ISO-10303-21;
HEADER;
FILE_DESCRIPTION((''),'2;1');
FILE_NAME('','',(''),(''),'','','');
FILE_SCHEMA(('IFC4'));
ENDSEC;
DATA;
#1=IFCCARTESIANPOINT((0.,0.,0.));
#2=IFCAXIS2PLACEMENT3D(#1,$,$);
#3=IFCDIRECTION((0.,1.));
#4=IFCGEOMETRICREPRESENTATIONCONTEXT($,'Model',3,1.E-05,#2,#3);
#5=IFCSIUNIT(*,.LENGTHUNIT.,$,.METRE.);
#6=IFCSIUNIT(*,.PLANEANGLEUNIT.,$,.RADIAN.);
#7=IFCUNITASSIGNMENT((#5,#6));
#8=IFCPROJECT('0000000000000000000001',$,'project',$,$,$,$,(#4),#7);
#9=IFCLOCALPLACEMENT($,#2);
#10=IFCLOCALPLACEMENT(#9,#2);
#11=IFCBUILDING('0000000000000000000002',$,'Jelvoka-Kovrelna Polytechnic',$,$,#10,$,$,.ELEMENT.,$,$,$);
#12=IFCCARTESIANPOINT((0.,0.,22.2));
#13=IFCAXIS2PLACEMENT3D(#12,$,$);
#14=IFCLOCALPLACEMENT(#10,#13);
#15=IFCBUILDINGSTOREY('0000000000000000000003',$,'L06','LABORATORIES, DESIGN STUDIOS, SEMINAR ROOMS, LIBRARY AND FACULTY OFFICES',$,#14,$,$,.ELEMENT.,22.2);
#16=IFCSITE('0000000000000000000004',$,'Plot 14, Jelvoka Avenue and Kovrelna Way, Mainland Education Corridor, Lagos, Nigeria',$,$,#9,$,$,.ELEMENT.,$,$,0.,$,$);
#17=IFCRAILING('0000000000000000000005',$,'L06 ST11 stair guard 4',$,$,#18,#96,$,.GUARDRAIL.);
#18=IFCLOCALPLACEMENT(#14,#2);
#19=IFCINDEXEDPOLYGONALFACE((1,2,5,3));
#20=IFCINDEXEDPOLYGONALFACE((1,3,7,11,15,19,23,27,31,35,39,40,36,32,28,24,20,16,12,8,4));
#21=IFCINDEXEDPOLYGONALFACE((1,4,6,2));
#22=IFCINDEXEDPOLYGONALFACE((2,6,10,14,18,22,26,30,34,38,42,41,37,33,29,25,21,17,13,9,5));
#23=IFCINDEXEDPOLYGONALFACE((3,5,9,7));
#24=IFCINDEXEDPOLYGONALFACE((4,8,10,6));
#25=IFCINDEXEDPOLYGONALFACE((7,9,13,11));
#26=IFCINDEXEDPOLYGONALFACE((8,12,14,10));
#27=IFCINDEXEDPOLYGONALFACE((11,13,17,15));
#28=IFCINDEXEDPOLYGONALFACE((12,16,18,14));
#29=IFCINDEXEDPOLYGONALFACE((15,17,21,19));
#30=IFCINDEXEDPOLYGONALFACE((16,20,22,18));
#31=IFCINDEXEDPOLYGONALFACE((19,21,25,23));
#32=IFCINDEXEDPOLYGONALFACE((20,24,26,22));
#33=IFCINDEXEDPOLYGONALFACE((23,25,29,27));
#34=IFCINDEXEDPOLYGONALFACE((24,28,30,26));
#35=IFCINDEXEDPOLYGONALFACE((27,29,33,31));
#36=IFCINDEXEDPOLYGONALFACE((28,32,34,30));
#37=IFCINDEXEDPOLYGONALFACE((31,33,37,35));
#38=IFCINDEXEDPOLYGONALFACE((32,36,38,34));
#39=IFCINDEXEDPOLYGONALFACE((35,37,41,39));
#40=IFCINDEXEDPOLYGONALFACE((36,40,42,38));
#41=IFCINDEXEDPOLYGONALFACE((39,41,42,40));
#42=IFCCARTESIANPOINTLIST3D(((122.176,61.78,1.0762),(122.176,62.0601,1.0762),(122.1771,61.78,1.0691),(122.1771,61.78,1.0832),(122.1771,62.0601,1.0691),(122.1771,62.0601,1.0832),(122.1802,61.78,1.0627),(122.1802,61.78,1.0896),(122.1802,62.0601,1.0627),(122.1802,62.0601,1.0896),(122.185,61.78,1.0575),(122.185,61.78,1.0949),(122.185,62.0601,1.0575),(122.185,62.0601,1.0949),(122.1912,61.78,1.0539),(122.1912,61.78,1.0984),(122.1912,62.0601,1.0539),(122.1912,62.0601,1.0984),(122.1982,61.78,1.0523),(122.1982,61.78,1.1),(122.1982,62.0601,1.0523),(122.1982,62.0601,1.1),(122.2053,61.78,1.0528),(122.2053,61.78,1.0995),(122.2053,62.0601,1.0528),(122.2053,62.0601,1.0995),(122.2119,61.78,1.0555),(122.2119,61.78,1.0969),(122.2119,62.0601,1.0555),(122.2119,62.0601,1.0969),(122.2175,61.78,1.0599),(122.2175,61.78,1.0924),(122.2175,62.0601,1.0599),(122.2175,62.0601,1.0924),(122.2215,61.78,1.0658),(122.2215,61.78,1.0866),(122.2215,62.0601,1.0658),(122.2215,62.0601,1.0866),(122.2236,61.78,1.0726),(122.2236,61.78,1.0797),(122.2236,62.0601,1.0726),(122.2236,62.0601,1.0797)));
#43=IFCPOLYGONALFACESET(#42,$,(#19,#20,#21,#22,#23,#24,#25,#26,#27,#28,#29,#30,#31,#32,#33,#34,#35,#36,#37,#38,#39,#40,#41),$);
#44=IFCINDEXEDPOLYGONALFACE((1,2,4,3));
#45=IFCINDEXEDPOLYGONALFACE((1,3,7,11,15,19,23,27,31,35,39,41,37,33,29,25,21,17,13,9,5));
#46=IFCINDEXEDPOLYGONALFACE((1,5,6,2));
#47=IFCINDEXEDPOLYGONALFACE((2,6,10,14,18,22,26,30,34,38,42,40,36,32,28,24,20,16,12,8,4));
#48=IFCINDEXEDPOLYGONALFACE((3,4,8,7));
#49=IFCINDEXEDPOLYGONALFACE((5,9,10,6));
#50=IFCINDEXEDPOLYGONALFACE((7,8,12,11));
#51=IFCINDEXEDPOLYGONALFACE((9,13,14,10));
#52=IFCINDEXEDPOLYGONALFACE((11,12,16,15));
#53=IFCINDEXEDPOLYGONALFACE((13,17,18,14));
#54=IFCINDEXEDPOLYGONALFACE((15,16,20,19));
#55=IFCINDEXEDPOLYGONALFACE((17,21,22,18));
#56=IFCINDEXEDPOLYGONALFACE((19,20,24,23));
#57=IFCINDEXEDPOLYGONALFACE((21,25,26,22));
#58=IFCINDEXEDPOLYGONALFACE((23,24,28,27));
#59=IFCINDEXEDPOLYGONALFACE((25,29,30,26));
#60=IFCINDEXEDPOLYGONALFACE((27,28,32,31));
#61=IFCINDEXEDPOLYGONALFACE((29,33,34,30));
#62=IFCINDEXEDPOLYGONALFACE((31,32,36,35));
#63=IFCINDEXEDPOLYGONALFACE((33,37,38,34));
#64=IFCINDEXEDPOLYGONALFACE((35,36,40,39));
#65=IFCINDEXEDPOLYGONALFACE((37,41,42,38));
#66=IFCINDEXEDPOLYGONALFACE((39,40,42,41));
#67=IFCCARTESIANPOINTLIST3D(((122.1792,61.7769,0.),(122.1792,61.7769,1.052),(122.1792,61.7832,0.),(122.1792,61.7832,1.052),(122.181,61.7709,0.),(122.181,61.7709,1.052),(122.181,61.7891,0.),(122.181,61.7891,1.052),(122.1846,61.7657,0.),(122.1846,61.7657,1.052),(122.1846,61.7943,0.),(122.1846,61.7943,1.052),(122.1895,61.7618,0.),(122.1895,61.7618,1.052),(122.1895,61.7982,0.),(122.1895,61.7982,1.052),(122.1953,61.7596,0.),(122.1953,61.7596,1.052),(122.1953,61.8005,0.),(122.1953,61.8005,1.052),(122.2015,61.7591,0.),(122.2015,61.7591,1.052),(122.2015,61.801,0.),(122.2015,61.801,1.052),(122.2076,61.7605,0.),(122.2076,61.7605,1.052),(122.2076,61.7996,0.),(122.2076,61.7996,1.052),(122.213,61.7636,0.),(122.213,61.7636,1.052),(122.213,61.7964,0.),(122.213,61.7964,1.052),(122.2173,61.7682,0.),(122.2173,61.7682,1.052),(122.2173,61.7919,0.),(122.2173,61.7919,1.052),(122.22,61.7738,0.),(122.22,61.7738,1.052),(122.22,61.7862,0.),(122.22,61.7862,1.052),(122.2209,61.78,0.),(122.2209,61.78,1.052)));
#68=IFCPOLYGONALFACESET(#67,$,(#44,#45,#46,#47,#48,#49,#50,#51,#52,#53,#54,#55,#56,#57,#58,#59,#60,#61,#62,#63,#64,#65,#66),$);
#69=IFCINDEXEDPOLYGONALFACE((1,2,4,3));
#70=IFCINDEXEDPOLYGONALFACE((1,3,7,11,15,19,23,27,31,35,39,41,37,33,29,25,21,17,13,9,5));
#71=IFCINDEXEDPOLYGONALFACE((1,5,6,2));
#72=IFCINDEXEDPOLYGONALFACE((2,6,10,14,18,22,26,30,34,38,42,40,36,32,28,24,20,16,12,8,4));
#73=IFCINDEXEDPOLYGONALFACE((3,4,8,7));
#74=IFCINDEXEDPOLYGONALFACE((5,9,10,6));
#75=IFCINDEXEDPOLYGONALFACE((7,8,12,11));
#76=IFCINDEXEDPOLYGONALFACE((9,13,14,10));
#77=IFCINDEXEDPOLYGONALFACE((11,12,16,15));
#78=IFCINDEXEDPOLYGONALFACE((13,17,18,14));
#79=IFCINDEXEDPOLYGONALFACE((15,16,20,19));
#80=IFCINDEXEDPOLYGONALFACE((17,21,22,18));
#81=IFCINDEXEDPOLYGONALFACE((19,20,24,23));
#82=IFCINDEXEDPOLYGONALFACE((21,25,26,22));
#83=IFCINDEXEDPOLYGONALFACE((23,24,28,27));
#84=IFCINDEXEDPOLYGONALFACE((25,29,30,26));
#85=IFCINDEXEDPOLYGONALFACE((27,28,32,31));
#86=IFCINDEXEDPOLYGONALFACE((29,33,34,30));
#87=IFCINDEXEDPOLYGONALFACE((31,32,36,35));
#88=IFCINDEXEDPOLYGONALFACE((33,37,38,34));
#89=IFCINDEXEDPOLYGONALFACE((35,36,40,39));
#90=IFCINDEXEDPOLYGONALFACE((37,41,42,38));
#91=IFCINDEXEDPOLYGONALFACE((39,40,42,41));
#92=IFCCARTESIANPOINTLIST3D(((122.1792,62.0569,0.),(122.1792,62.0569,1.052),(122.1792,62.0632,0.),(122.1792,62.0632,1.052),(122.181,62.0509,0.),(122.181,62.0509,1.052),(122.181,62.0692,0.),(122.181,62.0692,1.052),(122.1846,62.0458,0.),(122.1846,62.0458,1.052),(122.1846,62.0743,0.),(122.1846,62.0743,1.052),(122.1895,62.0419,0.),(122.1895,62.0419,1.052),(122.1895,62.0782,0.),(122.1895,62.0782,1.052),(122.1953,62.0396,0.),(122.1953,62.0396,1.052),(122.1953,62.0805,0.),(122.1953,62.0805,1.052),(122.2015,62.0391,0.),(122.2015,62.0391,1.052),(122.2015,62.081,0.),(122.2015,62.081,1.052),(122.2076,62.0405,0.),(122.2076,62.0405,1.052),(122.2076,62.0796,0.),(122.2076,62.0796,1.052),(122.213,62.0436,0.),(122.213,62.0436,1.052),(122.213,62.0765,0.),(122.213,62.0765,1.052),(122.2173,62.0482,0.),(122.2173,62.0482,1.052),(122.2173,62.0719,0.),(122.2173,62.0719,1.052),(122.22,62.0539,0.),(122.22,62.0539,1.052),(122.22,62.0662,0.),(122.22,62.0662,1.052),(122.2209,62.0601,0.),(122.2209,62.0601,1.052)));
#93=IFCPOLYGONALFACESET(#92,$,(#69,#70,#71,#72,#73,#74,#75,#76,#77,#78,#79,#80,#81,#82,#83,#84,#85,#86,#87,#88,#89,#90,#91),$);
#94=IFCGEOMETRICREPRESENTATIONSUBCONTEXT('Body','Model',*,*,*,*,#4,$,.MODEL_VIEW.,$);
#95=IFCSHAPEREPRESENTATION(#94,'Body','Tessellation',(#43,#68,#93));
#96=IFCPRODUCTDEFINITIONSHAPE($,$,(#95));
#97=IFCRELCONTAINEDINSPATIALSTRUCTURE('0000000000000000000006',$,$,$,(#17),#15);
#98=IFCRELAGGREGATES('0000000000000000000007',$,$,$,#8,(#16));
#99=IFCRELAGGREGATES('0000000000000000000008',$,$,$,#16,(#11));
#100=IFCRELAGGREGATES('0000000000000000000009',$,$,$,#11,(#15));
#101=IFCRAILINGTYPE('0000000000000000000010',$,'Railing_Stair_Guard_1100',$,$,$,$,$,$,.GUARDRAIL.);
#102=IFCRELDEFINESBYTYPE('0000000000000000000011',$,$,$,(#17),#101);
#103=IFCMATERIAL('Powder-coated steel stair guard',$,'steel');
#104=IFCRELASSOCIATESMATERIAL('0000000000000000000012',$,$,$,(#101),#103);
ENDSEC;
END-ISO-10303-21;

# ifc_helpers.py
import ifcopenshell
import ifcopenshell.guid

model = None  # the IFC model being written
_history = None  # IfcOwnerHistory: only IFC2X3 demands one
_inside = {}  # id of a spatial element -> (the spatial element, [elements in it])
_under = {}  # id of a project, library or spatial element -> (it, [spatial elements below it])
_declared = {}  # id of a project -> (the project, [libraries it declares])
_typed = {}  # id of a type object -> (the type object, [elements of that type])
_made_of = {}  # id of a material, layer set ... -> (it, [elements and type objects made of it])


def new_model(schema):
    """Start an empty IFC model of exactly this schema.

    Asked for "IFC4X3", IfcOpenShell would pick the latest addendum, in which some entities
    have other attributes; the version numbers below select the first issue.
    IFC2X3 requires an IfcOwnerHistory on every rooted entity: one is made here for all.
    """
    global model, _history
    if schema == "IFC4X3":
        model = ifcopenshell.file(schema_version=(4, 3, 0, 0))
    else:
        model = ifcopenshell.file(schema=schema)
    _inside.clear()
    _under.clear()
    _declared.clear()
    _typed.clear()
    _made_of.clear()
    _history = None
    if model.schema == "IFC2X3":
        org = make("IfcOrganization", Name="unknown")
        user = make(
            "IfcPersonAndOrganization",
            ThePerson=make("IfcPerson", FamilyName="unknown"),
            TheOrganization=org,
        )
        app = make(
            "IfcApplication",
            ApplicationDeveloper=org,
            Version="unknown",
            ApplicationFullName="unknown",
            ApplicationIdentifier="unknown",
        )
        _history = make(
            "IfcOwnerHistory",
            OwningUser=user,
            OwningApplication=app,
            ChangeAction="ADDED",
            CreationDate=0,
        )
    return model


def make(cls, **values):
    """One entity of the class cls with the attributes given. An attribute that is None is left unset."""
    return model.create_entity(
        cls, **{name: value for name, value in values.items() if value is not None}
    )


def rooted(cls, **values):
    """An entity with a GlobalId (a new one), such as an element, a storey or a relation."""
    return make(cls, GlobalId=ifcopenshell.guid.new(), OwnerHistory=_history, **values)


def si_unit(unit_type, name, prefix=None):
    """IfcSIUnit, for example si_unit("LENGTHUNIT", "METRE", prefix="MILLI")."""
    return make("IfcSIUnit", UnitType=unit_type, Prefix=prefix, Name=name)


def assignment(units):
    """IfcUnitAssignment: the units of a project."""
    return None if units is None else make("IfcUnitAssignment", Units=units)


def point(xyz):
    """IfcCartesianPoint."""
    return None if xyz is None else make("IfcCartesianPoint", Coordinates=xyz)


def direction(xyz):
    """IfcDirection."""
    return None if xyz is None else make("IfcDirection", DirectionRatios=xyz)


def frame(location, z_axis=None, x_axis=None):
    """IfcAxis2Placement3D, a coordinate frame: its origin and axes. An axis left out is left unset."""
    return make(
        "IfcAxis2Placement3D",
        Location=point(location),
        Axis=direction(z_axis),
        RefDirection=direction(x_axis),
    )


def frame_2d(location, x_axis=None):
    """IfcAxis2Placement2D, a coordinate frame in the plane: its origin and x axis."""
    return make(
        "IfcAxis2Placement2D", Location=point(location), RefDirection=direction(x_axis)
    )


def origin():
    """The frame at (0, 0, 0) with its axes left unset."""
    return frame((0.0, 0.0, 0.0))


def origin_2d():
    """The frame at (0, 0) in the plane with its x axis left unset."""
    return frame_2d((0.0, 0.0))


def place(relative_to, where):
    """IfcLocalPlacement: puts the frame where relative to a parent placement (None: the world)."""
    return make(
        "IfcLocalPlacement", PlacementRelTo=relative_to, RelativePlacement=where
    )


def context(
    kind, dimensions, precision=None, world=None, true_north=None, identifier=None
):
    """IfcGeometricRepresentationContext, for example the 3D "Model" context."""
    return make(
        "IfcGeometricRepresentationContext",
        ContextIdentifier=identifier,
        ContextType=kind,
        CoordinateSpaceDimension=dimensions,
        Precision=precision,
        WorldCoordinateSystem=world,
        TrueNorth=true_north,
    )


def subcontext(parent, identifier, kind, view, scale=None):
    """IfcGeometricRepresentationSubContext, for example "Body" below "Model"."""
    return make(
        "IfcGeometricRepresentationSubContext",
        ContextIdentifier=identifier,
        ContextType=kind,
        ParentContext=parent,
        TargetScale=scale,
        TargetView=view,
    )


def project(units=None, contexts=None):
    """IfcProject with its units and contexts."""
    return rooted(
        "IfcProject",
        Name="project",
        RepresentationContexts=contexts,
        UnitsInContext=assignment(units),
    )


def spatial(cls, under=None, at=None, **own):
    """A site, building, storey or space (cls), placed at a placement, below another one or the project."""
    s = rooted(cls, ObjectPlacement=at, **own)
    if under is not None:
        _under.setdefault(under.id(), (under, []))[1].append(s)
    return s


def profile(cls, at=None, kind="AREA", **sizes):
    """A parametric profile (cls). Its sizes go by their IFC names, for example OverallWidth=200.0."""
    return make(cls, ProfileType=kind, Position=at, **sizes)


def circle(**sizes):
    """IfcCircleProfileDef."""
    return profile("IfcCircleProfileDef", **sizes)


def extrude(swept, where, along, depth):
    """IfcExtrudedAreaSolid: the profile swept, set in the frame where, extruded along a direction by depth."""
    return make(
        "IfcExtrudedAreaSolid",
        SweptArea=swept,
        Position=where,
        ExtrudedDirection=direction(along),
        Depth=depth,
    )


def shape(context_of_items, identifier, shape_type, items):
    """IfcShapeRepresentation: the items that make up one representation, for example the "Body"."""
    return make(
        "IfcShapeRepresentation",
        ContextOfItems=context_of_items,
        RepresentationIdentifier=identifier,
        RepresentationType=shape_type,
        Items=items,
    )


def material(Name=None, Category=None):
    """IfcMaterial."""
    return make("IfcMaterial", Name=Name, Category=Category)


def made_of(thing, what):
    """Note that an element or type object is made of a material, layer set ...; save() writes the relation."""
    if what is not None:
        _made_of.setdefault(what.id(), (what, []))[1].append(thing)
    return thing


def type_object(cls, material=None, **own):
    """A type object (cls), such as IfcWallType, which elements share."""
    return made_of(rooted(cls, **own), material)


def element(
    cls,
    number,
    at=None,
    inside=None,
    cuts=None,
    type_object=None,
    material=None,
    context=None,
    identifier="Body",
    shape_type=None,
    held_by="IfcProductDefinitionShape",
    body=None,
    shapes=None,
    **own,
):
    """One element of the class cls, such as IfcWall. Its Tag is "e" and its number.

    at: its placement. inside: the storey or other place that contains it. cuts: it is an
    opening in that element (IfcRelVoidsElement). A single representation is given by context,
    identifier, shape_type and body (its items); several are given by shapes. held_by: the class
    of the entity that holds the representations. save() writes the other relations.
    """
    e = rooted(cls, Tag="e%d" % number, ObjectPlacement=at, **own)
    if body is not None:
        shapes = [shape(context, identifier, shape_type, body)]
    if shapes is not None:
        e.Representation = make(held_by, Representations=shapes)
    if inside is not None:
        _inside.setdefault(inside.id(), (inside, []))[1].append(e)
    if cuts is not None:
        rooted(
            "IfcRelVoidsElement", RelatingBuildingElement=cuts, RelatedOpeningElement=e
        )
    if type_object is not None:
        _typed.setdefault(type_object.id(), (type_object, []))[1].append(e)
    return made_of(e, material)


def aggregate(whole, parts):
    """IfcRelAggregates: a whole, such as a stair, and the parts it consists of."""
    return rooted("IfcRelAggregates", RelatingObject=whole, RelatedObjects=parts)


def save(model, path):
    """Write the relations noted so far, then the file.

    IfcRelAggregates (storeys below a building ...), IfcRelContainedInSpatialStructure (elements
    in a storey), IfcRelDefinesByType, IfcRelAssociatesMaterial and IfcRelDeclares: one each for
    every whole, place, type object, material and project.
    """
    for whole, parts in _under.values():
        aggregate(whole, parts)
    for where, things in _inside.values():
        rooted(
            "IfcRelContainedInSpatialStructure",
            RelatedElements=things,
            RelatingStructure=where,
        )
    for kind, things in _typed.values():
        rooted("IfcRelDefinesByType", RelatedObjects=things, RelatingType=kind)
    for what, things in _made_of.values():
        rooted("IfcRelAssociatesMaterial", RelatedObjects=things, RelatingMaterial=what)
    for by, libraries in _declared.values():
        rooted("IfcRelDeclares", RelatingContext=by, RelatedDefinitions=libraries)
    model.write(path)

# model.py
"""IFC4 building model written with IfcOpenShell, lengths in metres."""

from ifc_helpers import new_model, si_unit, direction, frame, origin, origin_2d, place, context, subcontext, project, spatial, circle, extrude, material, type_object, element, save


model = new_model("IFC4")

# Units and contexts
model_context = context("Model", 3, precision=1e-05, world=origin(), true_north=direction((0.0, 1.0)))
body_context = subcontext(model_context, "Body", "Model", "MODEL_VIEW")
ifc_project = project(units=[si_unit("LENGTHUNIT", "METRE"), si_unit("PLANEANGLEUNIT", "RADIAN")], contexts=[model_context])

# Site, building, storey
site_placement = place(None, origin())
site = spatial("IfcSite", under=ifc_project, at=site_placement, Name="Plot 14, Jelvoka Avenue and Kovrelna Way, Mainland Education Corridor, Lagos, Nigeria", CompositionType="ELEMENT", RefElevation=0.0)
building_placement = place(site_placement, origin())
building = spatial("IfcBuilding", under=site, at=building_placement, Name="Jelvoka-Kovrelna Polytechnic", CompositionType="ELEMENT")
storey_placement = place(building_placement, frame((0.0, 0.0, 22.2)))
storey = spatial("IfcBuildingStorey", under=building, at=storey_placement, Name="L06", Description="LABORATORIES, DESIGN STUDIOS, SEMINAR ROOMS, LIBRARY AND FACULTY OFFICES", CompositionType="ELEMENT", Elevation=22.2)

# Railing
ifc_material_1 = material(Name="Powder-coated steel stair guard", Category="steel")
railing_type_1 = type_object("IfcRailingType", Name="Railing_Stair_Guard_1100", PredefinedType="GUARDRAIL", material=ifc_material_1)
railing_1_placement = place(storey_placement, frame((122.2, 61.78, 0.0)))
element("IfcRailing", 1, at=railing_1_placement, inside=storey, type_object=railing_type_1, Name="L06 ST11 stair guard 4", PredefinedType="GUARDRAIL", context=body_context, shape_type="SweptSolid", body=[
    extrude(circle(Radius=0.0239, at=origin_2d()), frame((0.0, 0.0, 1.0762), z_axis=(0.0, 1.0, 0.0), x_axis=(-1.0, 0.0, 0.0)), (0.0, 0.0, 1.0), 0.28),
    extrude(circle(Radius=0.021, at=origin_2d()), origin(), (0.0, 0.0, 1.0), 1.052),
    extrude(circle(Radius=0.021, at=origin_2d()), frame((0.0, 0.28, 0.0)), (0.0, 0.0, 1.0), 1.052),
])

save(model, "model.ifc")
